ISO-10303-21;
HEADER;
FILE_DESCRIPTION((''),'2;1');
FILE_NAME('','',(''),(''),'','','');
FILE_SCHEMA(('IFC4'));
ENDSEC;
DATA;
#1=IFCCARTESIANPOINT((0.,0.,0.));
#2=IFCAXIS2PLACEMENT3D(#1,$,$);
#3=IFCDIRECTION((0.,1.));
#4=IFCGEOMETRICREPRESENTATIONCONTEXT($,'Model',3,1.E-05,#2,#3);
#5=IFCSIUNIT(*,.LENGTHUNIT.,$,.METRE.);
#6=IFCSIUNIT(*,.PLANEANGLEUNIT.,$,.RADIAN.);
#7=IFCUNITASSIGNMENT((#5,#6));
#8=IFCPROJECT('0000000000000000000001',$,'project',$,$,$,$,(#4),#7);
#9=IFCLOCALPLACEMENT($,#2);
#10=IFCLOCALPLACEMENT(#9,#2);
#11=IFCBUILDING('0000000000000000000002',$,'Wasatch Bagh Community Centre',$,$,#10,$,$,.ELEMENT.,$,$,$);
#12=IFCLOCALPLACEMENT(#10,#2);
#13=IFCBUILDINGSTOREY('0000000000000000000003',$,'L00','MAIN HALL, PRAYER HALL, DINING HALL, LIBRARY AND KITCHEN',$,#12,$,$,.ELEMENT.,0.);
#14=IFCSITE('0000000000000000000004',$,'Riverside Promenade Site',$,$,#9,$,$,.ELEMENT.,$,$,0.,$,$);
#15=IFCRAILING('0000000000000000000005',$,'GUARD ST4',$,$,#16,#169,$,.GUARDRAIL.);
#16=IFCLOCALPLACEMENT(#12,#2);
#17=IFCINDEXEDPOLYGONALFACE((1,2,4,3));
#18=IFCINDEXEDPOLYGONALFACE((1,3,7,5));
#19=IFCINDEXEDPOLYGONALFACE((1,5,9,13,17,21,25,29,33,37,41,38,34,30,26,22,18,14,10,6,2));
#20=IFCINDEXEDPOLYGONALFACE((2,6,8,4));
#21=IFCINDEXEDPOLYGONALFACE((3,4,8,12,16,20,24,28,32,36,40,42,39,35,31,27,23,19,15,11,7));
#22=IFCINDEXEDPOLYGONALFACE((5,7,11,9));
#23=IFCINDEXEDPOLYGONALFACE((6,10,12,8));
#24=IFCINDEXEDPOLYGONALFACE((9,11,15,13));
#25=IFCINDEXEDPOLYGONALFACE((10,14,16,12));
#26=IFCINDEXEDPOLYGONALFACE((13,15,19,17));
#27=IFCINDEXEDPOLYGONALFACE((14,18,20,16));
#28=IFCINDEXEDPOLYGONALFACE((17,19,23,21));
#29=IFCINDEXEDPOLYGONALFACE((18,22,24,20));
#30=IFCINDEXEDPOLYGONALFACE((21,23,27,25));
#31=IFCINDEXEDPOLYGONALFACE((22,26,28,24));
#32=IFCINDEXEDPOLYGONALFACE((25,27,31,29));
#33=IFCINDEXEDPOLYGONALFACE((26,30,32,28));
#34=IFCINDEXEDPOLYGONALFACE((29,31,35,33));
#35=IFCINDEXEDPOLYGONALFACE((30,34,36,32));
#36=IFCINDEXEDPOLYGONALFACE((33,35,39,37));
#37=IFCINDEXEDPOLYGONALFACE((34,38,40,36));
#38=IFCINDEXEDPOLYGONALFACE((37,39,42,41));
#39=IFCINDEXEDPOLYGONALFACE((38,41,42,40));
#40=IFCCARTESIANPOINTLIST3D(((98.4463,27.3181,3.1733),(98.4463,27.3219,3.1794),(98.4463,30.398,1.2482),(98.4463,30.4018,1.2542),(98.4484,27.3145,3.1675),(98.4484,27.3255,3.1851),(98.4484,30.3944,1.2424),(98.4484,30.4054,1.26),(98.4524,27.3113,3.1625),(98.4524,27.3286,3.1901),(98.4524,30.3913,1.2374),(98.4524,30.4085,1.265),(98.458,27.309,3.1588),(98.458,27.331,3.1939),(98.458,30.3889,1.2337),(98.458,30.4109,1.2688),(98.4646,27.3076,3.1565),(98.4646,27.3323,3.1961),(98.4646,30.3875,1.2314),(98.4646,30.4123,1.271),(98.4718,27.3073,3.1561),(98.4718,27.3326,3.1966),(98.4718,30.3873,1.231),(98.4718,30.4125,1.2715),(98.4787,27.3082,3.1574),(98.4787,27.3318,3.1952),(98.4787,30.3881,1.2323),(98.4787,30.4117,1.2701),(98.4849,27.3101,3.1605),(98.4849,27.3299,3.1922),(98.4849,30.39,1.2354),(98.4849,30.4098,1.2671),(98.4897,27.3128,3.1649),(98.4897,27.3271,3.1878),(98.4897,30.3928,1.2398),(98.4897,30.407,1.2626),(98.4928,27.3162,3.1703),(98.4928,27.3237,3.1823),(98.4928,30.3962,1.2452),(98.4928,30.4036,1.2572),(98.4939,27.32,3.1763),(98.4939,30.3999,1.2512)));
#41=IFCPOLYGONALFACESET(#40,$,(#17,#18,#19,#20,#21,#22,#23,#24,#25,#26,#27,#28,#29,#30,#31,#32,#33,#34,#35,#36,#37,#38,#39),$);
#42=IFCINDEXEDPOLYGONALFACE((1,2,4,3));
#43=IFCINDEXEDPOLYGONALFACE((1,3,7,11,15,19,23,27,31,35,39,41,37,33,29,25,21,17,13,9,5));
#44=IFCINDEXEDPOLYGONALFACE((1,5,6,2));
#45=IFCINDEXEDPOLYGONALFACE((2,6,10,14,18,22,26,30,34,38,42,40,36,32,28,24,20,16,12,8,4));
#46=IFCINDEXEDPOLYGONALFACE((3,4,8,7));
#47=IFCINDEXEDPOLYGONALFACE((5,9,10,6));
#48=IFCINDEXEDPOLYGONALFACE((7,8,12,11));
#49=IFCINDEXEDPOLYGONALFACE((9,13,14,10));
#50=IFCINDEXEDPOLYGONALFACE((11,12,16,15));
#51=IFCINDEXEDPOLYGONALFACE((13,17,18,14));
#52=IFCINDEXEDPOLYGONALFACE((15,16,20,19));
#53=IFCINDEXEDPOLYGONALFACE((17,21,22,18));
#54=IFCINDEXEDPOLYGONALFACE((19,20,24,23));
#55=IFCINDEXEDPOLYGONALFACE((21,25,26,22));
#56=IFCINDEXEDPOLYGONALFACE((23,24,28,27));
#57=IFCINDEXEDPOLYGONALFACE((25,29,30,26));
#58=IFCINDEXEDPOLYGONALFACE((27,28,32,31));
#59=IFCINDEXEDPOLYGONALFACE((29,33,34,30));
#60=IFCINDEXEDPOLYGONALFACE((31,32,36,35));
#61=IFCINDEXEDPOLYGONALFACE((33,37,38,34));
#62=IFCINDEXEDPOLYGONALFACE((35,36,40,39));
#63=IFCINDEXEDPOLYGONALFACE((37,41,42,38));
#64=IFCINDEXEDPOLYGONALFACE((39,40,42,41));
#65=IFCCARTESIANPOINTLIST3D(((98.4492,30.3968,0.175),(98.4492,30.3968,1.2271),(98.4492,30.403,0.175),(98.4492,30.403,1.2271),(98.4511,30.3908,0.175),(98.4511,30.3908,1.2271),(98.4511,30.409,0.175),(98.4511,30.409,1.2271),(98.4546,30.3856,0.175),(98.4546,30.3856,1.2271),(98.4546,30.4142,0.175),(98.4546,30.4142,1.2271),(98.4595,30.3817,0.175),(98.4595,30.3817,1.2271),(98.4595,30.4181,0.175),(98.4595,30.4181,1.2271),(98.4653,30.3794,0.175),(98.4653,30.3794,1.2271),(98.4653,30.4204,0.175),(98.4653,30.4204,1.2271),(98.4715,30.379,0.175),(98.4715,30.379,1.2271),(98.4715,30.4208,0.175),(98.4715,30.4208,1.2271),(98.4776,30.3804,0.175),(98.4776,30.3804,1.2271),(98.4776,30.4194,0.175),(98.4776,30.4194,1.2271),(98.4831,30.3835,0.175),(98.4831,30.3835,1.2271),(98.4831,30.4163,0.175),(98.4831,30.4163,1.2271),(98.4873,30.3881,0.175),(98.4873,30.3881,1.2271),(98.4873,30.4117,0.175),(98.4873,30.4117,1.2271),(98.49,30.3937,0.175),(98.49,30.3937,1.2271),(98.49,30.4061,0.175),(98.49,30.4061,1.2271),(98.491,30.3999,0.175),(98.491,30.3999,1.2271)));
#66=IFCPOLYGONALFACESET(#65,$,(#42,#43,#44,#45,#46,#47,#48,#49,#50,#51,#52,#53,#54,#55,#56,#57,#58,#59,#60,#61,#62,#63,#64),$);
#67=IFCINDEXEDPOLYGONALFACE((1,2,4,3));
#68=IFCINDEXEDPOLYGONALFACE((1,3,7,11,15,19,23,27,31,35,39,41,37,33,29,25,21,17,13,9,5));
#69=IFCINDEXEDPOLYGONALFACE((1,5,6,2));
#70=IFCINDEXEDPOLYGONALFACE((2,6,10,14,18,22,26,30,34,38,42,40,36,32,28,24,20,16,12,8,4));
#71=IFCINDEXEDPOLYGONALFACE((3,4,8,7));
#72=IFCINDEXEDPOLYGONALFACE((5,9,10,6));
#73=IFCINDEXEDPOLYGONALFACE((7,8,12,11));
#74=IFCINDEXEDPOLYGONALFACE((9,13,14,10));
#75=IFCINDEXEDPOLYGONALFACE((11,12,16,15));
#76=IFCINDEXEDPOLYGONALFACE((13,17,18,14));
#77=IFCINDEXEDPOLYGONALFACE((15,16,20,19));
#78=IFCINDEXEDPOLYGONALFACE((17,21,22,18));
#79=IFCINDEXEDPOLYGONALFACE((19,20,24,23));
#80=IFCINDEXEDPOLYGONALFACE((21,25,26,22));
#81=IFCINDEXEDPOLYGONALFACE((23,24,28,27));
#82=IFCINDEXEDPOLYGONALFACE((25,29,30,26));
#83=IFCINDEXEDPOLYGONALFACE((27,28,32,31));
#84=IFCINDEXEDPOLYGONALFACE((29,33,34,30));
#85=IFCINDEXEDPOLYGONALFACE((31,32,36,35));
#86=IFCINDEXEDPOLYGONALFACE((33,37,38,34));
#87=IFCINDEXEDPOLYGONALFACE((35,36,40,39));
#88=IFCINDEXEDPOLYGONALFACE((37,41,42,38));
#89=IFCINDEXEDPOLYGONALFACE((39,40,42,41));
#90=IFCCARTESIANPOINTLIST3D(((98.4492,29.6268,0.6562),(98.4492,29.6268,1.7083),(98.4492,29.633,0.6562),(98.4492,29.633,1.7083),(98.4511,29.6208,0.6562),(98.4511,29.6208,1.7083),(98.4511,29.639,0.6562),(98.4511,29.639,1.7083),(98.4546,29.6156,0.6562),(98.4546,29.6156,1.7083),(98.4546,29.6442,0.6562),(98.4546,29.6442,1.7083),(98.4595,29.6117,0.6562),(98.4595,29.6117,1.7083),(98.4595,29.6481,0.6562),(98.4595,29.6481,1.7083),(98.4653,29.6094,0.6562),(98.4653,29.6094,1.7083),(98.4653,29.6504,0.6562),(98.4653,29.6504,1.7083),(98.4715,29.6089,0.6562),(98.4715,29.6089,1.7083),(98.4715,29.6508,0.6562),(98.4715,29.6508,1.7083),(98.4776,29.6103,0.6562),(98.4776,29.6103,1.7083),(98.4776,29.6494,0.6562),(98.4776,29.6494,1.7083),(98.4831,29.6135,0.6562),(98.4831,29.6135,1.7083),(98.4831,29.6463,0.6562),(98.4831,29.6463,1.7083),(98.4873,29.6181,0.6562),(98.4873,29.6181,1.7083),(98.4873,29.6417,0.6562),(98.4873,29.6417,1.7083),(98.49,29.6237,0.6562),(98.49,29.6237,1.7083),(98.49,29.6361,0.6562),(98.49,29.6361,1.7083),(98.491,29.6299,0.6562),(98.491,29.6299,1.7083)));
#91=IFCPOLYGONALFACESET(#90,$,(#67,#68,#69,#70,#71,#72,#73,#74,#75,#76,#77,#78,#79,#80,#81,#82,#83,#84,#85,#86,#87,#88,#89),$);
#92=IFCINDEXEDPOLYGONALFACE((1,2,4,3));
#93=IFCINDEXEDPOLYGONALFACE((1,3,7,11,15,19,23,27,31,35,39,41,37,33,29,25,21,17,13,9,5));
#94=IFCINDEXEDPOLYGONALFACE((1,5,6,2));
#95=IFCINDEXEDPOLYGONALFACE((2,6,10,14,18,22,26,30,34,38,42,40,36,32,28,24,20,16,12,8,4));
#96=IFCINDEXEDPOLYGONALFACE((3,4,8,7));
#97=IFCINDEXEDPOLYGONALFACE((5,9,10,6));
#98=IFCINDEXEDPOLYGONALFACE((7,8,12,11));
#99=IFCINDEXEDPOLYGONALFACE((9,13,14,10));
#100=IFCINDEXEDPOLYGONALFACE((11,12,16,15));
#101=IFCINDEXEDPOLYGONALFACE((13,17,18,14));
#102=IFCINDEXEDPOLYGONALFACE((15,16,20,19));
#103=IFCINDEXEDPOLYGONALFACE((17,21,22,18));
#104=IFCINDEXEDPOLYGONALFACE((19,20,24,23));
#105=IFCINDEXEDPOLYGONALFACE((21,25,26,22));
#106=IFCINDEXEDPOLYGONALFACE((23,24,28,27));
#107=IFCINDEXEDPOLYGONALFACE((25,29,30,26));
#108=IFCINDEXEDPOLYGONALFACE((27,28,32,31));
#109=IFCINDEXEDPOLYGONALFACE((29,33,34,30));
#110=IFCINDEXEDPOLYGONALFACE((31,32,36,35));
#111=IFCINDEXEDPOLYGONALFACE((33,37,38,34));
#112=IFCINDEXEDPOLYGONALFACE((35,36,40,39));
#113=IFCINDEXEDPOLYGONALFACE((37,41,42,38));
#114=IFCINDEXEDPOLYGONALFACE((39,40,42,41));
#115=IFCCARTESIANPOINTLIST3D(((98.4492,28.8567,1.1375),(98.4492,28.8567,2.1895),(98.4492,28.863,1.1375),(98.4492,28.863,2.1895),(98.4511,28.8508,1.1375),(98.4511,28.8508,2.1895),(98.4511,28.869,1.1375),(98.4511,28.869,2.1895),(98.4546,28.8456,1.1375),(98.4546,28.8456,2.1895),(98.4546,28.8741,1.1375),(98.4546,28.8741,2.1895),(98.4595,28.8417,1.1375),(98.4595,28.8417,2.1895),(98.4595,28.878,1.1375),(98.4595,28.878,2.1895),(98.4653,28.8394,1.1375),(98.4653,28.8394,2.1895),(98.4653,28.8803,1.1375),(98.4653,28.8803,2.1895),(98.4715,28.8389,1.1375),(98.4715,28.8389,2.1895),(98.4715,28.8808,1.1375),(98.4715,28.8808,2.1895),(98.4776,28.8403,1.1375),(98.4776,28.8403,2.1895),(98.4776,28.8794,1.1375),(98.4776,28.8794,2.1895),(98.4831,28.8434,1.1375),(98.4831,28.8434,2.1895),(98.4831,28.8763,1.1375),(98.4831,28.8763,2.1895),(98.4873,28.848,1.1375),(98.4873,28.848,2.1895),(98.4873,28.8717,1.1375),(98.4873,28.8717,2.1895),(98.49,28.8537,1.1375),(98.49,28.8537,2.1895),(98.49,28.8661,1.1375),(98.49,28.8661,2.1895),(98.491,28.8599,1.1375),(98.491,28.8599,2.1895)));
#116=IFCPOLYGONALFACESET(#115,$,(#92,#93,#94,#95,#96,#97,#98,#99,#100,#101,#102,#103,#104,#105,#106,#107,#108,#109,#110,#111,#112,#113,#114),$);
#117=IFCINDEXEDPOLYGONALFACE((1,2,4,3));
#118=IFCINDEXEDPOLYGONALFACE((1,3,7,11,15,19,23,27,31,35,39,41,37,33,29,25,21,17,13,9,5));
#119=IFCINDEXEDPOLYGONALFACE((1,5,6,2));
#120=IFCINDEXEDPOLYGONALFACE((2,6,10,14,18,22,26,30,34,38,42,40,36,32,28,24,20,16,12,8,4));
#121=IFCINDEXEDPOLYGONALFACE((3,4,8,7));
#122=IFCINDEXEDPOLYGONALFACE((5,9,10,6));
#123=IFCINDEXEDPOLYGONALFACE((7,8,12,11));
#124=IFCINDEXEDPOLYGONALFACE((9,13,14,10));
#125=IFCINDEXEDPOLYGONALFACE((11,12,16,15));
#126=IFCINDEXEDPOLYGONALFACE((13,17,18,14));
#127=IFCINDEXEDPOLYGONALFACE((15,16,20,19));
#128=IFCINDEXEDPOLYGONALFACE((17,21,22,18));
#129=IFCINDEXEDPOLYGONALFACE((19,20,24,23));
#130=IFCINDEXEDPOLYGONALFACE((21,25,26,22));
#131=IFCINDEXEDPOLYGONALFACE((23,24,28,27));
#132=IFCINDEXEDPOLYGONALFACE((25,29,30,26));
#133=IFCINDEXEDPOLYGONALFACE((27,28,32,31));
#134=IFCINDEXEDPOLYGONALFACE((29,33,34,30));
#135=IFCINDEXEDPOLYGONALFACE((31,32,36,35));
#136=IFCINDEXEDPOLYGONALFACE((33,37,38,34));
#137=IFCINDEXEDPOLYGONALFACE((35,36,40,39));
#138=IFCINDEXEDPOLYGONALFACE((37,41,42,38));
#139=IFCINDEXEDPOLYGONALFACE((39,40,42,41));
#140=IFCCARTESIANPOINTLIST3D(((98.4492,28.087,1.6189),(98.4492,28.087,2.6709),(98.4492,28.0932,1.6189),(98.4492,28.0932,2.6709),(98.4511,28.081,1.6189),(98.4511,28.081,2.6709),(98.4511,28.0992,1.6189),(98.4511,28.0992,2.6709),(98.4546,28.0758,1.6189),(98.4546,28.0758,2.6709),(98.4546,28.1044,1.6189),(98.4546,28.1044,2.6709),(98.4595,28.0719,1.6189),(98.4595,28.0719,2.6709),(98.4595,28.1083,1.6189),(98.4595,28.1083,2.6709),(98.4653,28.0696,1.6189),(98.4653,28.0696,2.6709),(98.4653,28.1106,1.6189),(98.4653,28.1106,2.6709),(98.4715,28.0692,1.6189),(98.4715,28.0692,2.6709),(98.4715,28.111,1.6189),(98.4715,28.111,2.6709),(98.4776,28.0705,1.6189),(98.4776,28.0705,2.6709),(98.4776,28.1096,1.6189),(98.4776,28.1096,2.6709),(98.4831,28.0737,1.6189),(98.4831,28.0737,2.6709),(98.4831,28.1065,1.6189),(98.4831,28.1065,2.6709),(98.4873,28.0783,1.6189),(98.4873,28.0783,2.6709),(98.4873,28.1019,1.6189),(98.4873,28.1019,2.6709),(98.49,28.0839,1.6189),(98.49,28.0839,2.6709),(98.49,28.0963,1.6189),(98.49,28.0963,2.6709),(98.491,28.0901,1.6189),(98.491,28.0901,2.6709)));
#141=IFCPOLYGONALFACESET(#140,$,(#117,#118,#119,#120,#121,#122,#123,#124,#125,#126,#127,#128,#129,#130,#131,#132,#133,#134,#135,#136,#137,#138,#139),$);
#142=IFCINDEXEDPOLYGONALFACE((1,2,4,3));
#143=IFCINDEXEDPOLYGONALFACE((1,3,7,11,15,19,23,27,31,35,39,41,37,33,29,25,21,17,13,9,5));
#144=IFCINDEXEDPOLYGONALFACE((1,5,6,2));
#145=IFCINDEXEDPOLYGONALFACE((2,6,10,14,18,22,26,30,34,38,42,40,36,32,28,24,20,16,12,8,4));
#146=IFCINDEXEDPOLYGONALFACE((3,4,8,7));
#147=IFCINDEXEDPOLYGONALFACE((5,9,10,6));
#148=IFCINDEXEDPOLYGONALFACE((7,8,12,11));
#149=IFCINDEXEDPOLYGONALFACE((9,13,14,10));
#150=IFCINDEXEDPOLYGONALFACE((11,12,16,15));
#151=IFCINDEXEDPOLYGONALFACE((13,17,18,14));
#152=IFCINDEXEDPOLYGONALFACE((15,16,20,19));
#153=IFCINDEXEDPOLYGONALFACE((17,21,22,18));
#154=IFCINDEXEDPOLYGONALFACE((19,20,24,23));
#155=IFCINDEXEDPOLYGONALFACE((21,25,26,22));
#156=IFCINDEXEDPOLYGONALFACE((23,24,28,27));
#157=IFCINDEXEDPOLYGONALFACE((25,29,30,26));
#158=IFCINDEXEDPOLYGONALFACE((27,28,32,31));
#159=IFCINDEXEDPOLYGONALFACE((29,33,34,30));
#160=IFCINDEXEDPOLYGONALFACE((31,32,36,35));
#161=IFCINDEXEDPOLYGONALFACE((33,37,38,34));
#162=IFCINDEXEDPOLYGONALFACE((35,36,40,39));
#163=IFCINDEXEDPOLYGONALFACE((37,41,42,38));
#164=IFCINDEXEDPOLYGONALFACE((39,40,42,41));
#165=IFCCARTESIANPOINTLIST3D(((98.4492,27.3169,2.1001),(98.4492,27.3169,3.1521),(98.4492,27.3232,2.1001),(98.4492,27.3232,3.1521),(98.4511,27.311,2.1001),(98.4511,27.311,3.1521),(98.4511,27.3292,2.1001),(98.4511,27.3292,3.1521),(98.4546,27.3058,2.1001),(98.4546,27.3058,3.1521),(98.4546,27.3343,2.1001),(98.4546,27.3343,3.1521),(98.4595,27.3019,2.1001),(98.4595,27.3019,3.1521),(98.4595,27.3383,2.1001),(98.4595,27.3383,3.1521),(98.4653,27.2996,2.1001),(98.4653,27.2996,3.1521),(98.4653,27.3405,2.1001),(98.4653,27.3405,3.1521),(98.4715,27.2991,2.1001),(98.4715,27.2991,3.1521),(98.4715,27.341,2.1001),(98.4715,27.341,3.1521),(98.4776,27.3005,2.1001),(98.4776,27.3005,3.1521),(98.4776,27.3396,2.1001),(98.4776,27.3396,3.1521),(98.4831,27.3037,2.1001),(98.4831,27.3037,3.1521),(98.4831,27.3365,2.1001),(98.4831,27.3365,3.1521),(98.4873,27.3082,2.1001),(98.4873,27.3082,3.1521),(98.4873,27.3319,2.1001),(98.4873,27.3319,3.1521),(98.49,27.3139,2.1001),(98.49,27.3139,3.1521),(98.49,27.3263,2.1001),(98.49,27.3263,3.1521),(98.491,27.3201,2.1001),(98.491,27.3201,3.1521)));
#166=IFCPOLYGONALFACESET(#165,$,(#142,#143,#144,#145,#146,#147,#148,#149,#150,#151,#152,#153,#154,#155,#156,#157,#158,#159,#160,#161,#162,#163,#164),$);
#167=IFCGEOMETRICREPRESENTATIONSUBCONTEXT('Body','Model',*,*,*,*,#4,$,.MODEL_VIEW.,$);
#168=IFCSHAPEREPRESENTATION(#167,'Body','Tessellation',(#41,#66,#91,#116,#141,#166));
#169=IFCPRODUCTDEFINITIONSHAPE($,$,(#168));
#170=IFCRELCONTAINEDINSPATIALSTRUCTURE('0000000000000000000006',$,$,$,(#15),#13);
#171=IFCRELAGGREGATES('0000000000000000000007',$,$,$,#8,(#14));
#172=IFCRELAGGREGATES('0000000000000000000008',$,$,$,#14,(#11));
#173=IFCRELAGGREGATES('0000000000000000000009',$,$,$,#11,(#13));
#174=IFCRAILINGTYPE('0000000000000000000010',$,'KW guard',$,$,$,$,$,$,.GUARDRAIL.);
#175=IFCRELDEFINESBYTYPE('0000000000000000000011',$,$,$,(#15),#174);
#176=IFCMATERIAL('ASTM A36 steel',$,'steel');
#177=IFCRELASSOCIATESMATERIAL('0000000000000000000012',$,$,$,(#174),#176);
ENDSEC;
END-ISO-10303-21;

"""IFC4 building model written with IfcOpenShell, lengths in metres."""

from ifc_helpers import new_model, si_unit, direction, frame, origin, origin_2d, place, context, subcontext, project, spatial, circle, extrude, material, type_object, element, save


model = new_model("IFC4")

# Units and contexts
model_context = context("Model", 3, precision=1e-05, world=origin(), true_north=direction((0.0, 1.0)))
body_context = subcontext(model_context, "Body", "Model", "MODEL_VIEW")
ifc_project = project(units=[si_unit("LENGTHUNIT", "METRE"), si_unit("PLANEANGLEUNIT", "RADIAN")], contexts=[model_context])

# Site, building, storey
site_placement = place(None, origin())
site = spatial("IfcSite", under=ifc_project, at=site_placement, Name="Riverside Promenade Site", CompositionType="ELEMENT", RefElevation=0.0)
building_placement = place(site_placement, origin())
building = spatial("IfcBuilding", under=site, at=building_placement, Name="Wasatch Bagh Community Centre", CompositionType="ELEMENT")
storey_placement = place(building_placement, origin())
storey = spatial("IfcBuildingStorey", under=building, at=storey_placement, Name="L00", Description="MAIN HALL, PRAYER HALL, DINING HALL, LIBRARY AND KITCHEN", CompositionType="ELEMENT", Elevation=0.0)

# Railing
ifc_material_1 = material(Name="ASTM A36 steel", Category="steel")
railing_type_1 = type_object("IfcRailingType", Name="KW guard", PredefinedType="GUARDRAIL", material=ifc_material_1)
for number, where, name in (
    (1, (98.47, 30.3999, 0.175), "GUARD ST4"),
):
    element("IfcRailing", number, at=place(storey_placement, frame(where)), inside=storey, type_object=railing_type_1, Name=name, PredefinedType="GUARDRAIL", context=body_context, shape_type="SweptSolid", body=[
        extrude(circle(Radius=0.0239, at=origin_2d()), frame((0.0, 0.0, 1.0762), z_axis=(0.0, -0.847979, 0.530029), x_axis=(1.0, 0.0, 0.0)), (0.0, 0.0, 1.0), 3.6321),
        extrude(circle(Radius=0.021, at=origin_2d()), origin(), (0.0, 0.0, 1.0), 1.052),
        extrude(circle(Radius=0.021, at=origin_2d()), frame((0.0, -0.77, 0.4812)), (0.0, 0.0, 1.0), 1.052),
        extrude(circle(Radius=0.021, at=origin_2d()), frame((0.0, -1.54, 0.9624)), (0.0, 0.0, 1.0), 1.052),
        extrude(circle(Radius=0.021, at=origin_2d()), frame((0.0, -2.3098, 1.4438)), (0.0, 0.0, 1.0), 1.052),
        extrude(circle(Radius=0.021, at=origin_2d()), frame((0.0, -3.0798, 1.925)), (0.0, 0.0, 1.0), 1.052),
    ])

save(model, "model.ifc")
